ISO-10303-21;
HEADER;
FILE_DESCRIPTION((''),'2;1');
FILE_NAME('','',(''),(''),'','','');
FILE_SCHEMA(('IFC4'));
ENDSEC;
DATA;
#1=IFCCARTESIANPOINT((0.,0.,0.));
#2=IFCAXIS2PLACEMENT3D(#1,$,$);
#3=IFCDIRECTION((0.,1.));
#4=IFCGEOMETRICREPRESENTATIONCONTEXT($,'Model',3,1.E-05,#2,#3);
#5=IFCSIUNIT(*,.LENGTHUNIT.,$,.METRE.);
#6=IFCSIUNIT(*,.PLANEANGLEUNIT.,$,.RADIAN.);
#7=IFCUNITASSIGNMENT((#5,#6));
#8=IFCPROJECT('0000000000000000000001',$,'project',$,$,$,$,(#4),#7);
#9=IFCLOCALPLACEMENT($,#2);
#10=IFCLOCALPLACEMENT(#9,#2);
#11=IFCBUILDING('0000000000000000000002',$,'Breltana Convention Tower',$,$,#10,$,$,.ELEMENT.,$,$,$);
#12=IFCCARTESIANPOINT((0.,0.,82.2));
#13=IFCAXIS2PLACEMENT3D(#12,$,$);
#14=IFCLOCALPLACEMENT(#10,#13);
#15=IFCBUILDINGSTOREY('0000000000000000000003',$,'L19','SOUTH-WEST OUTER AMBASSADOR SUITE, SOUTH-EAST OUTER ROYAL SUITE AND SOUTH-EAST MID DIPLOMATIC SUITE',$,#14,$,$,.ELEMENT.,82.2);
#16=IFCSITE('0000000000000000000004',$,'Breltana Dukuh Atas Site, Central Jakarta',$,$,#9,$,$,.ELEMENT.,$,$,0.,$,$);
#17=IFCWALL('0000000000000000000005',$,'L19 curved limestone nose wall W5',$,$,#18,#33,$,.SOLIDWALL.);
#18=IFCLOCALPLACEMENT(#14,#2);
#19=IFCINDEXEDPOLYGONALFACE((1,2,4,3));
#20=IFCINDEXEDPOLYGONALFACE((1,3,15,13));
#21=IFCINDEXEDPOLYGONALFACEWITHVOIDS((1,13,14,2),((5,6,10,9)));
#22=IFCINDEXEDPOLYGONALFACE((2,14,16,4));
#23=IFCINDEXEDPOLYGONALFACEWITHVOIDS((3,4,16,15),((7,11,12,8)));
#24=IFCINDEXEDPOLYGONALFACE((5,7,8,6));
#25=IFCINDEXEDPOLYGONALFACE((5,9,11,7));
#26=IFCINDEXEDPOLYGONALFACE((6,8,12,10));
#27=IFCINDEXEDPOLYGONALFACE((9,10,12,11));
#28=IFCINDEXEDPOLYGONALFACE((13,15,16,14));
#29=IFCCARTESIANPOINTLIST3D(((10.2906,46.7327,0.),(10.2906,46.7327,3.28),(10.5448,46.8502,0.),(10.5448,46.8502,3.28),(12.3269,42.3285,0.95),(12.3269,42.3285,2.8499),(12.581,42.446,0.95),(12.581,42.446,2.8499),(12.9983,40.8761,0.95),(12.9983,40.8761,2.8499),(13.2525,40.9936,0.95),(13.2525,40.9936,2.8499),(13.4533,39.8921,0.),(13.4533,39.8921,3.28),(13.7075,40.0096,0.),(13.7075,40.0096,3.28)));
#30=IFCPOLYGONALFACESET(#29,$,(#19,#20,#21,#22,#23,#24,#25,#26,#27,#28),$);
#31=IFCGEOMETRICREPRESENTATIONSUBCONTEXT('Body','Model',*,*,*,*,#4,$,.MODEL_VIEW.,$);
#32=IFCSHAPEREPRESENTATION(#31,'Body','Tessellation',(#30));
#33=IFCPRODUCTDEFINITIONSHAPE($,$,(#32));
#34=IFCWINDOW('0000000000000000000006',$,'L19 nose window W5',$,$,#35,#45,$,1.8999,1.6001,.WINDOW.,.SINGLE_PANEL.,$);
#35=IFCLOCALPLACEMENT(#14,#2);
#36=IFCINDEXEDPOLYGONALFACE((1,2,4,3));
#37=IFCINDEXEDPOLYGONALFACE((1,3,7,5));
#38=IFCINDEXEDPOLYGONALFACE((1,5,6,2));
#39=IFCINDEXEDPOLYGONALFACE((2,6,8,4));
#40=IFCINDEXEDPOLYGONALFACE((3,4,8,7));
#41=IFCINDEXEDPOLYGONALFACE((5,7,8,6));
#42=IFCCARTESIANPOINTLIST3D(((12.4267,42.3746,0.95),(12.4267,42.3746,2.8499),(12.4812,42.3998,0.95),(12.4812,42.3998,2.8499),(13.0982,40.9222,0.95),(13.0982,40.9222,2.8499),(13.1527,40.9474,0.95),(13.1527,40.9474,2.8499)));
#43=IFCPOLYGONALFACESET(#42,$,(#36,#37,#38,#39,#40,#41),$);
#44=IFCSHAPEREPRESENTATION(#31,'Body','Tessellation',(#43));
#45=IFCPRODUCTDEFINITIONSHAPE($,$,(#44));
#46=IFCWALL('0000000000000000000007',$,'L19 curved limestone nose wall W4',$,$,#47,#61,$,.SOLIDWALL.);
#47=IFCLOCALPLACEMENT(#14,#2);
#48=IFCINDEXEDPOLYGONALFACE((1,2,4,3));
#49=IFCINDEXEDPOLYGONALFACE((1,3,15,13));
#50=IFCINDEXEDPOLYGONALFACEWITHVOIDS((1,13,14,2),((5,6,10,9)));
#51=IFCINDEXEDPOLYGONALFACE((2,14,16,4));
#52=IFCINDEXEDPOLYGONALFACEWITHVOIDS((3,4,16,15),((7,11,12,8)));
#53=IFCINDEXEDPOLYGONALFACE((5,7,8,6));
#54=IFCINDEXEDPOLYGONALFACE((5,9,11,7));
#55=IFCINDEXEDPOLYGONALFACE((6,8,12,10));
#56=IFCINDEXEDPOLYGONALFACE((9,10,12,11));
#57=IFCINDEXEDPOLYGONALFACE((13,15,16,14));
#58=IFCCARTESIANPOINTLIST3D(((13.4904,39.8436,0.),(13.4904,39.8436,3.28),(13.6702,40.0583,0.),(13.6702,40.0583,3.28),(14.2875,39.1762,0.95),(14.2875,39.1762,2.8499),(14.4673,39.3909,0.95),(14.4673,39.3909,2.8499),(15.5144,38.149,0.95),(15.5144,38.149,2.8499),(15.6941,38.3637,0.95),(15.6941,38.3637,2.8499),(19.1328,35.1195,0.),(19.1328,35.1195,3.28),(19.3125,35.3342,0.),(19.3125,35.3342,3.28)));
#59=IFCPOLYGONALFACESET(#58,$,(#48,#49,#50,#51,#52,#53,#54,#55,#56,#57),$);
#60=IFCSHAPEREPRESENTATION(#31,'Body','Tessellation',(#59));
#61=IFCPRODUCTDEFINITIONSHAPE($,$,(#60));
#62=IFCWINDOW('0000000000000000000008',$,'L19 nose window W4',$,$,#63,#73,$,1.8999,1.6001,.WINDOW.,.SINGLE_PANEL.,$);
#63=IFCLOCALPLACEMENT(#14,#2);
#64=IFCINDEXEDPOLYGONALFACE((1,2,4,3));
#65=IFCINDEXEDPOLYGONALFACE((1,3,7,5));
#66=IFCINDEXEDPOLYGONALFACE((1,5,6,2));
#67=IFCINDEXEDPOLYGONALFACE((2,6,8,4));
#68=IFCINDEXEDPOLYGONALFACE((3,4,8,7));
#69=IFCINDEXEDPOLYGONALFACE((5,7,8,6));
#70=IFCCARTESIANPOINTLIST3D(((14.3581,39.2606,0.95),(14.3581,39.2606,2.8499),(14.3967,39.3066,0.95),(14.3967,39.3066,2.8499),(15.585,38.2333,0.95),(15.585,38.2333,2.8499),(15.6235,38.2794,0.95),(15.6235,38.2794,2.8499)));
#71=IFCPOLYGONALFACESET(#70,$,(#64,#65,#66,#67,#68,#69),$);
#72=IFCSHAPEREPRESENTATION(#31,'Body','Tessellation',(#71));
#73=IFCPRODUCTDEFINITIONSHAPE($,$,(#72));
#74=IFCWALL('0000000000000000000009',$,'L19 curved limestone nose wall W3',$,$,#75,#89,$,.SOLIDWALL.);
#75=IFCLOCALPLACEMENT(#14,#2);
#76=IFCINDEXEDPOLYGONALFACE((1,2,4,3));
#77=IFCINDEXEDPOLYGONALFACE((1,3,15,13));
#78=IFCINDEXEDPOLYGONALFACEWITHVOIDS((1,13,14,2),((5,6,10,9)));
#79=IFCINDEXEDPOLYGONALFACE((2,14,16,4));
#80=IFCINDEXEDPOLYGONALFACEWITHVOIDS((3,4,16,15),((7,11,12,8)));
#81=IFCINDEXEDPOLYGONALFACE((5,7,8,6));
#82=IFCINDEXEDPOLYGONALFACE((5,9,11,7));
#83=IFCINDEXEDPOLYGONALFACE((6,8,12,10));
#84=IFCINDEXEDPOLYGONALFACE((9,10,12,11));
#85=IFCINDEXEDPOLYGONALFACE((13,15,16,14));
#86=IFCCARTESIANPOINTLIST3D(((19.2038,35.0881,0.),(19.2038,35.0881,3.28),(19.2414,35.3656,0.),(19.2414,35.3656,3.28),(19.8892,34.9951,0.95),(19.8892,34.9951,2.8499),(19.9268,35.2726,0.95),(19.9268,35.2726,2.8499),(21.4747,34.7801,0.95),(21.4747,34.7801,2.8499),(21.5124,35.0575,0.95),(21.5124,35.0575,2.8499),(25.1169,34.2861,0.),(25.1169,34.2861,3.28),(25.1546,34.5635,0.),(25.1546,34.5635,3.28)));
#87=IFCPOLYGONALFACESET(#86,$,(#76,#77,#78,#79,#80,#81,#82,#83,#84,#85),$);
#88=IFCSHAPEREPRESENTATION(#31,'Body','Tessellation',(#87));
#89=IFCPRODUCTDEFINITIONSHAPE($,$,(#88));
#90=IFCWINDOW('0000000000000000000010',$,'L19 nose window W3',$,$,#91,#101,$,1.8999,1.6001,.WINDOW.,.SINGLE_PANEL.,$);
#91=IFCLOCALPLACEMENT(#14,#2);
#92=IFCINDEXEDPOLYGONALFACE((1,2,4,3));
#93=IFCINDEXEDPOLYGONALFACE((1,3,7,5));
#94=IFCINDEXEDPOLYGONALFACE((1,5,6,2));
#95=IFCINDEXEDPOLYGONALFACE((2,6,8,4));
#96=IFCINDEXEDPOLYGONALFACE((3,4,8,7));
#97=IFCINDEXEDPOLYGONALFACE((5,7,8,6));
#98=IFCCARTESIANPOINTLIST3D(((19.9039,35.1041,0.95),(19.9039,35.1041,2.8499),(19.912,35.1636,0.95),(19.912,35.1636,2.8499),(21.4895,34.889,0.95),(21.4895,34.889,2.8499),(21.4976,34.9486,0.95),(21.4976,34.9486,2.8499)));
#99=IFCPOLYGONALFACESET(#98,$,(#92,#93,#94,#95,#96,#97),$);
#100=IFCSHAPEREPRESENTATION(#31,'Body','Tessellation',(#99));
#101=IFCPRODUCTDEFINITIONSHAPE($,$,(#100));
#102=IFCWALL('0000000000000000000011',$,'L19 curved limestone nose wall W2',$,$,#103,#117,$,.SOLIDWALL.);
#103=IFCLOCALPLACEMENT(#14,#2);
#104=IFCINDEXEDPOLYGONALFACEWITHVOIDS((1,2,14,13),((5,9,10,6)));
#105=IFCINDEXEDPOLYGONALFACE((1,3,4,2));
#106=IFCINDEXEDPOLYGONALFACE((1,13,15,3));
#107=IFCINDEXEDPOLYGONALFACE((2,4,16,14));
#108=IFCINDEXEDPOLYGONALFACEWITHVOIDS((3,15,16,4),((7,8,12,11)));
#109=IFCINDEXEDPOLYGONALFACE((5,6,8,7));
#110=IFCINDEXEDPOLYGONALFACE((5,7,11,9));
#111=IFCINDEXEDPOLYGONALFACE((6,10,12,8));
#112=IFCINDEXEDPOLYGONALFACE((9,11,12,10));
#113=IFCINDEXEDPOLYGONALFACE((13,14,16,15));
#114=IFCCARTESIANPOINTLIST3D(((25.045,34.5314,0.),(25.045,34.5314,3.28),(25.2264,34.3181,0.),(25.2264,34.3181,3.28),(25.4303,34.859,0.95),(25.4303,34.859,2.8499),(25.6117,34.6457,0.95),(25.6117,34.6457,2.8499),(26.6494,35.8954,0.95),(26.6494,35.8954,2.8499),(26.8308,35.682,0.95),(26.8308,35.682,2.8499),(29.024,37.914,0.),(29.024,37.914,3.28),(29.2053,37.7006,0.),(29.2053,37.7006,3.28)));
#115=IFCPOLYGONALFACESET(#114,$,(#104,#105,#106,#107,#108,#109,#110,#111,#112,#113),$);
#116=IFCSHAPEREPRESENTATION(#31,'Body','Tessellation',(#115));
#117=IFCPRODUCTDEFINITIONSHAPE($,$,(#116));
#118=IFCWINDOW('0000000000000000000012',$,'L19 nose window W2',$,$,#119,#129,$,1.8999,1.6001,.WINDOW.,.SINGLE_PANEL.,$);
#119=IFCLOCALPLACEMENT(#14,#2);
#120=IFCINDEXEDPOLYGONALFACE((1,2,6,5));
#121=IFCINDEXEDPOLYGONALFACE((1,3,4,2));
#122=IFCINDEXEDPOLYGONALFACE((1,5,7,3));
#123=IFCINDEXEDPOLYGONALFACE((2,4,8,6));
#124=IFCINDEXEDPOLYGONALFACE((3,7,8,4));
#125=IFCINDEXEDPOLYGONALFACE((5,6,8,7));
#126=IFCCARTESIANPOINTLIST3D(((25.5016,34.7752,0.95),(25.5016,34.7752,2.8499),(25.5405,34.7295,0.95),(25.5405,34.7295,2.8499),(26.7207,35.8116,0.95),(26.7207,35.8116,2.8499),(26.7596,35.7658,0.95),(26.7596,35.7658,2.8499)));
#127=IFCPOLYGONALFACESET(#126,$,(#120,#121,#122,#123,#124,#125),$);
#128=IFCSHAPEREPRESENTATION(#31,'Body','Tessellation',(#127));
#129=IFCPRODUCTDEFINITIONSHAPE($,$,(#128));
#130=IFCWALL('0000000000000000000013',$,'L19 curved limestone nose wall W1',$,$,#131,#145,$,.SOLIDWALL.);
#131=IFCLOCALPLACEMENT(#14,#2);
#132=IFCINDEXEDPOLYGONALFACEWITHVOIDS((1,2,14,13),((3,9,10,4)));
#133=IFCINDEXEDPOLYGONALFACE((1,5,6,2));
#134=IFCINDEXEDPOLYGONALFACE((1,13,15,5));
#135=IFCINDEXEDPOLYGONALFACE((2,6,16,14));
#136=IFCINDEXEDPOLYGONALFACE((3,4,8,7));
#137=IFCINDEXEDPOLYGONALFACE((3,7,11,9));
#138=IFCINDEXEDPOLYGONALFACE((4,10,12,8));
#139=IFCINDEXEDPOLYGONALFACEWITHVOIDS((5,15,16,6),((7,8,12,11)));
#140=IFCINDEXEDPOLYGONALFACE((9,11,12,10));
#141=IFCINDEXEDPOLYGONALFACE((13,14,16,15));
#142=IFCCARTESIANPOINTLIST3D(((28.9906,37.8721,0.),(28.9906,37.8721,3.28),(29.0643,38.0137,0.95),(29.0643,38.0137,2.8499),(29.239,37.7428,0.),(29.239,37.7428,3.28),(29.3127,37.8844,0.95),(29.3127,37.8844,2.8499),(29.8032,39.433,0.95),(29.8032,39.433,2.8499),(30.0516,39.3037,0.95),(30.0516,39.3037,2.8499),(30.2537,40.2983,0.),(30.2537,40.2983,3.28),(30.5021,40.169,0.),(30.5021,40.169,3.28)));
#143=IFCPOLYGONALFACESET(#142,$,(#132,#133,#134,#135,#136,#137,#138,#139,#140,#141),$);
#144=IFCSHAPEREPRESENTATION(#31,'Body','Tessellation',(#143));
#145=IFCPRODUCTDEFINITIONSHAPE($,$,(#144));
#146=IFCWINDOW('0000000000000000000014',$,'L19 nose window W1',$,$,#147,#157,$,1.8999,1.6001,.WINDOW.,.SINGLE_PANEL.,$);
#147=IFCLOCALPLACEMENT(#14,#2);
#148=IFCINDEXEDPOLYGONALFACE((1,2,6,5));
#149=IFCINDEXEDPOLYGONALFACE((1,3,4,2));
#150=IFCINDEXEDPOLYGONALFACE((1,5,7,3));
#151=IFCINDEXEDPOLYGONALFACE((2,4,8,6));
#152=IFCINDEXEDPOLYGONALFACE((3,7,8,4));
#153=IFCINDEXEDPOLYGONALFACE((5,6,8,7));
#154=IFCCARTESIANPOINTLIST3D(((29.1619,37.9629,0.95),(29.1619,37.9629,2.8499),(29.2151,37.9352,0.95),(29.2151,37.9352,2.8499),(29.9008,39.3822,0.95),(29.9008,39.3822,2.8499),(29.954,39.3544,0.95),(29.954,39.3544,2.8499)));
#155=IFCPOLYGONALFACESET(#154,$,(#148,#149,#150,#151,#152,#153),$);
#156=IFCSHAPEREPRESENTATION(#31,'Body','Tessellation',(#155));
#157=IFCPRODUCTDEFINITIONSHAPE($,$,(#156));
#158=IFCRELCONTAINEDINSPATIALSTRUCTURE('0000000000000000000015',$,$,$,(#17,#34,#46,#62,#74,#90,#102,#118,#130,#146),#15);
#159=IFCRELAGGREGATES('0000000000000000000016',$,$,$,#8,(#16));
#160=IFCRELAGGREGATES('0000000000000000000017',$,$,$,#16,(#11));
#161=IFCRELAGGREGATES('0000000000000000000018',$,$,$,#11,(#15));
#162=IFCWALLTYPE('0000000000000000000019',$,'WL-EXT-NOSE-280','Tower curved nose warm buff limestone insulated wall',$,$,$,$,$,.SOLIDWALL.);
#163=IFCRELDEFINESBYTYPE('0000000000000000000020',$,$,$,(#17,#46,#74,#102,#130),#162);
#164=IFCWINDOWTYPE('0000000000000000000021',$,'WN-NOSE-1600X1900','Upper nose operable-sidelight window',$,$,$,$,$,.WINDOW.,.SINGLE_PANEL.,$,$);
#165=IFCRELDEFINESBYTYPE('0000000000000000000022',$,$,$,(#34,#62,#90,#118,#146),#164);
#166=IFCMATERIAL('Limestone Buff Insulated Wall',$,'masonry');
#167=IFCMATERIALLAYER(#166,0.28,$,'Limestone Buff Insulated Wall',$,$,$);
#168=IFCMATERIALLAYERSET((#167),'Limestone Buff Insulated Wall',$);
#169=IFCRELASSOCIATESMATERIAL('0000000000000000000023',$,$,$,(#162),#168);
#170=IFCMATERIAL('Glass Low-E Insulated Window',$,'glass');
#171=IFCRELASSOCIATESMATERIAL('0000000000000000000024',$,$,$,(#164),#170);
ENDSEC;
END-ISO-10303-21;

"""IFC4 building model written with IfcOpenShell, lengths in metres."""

from ifc_helpers import new_model, si_unit, direction, frame, frame_2d, origin, place, context, subcontext, project, spatial, rectangle, extrude, source, transform, mapped, material, layer, layer_set, type_object, type_shapes, element, fill, save


model = new_model("IFC4")

# Units and contexts
model_context = context("Model", 3, precision=1e-05, world=origin(), true_north=direction((0.0, 1.0)))
body_context = subcontext(model_context, "Body", "Model", "MODEL_VIEW")
ifc_project = project(units=[si_unit("LENGTHUNIT", "METRE"), si_unit("PLANEANGLEUNIT", "RADIAN")], contexts=[model_context])

# Site, building, storey
site_placement = place(None, origin())
site = spatial("IfcSite", under=ifc_project, at=site_placement, Name="Breltana Dukuh Atas Site, Central Jakarta", CompositionType="ELEMENT", RefElevation=0.0)
building_placement = place(site_placement, origin())
building = spatial("IfcBuilding", under=site, at=building_placement, Name="Breltana Convention Tower", CompositionType="ELEMENT")
storey_placement = place(building_placement, frame((0.0, 0.0, 82.2)))
storey = spatial("IfcBuildingStorey", under=building, at=storey_placement, Name="L19", Description="SOUTH-WEST OUTER AMBASSADOR SUITE, SOUTH-EAST OUTER ROYAL SUITE AND SOUTH-EAST MID DIPLOMATIC SUITE", CompositionType="ELEMENT", Elevation=82.2)

# Walls, openings, windows
ifc_material_1 = material(Name="Limestone Buff Insulated Wall", Category="masonry")
ifc_layer_1 = layer(ifc_material_1, 0.28, Name="Limestone Buff Insulated Wall")
ifc_layer_set_1 = layer_set([ifc_layer_1], Name="Limestone Buff Insulated Wall")
wall_type_1 = type_object("IfcWallType", Name="WL-EXT-NOSE-280", Description="Tower curved nose warm buff limestone insulated wall", PredefinedType="SOLIDWALL", material=ifc_layer_set_1)
shared_shape_1 = source(origin(), body_context, "Body", "SweptSolid", [
    extrude(rectangle(XDim=7.5364, YDim=0.28, at=frame_2d((3.7681, 0.0))), origin(), (0.0, 0.0, 1.0), 3.28),
])
wall_1_placement = place(storey_placement, frame((13.5803, 39.9509, 0.0), z_axis=(0.0, 0.0, 1.0), x_axis=(-0.41965, 0.907686, 0.0)))
wall_1 = element("IfcWall", 1, at=wall_1_placement, inside=storey, type_object=wall_type_1, Name="L19 curved limestone nose wall W5", PredefinedType="SOLIDWALL", context=body_context, shape_type="MappedRepresentation", body=[
    mapped(shared_shape_1, transform((0.0, 0.0, 0.0), scale=1.0)),
])
opening_1_placement = place(wall_1_placement, frame((1.084, 0.0, 0.95)))
opening_1 = element("IfcOpeningElement", 2, at=opening_1_placement, cuts=wall_1, PredefinedType="OPENING", context=body_context, shape_type="SweptSolid", body=[
    extrude(rectangle(XDim=1.6001, YDim=1.8999, at=frame_2d((0.8, 0.95))), frame((0.0, 0.1499, 0.0), z_axis=(0.0, -1.0, 0.0), x_axis=(1.0, 0.0, 0.0)), (0.0, 0.0, 1.0), 0.3),
])
ifc_material_2 = material(Name="Glass Low-E Insulated Window", Category="glass")
window_type = type_object("IfcWindowType", Name="WN-NOSE-1600X1900", Description="Upper nose operable-sidelight window", PartitioningType="SINGLE_PANEL", PredefinedType="WINDOW", material=ifc_material_2)
shared_shape_2 = source(origin(), body_context, "Body", "SweptSolid", [
    extrude(rectangle(XDim=1.6001, YDim=1.8999, at=frame_2d((0.8, 0.95))), frame((0.0, 0.03, 0.0), z_axis=(0.0, -1.0, 0.0), x_axis=(1.0, 0.0, 0.0)), (0.0, 0.0, 1.0), 0.0601),
])
type_shapes(window_type, [shared_shape_2])
window_1_placement = place(opening_1_placement, origin())
window_1 = element("IfcWindow", 3, at=window_1_placement, inside=storey, type_object=window_type, Name="L19 nose window W5", OverallHeight=1.8999, OverallWidth=1.6001, PartitioningType="SINGLE_PANEL", PredefinedType="WINDOW", context=body_context, shape_type="MappedRepresentation", body=[
    mapped(shared_shape_2, transform((0.0, 0.0, 0.0), scale=1.0)),
])
fill(opening_1, window_1)
shared_shape_3 = source(origin(), body_context, "Body", "SweptSolid", [
    extrude(rectangle(XDim=7.3589, YDim=0.28, at=frame_2d((3.6794, 0.0))), origin(), (0.0, 0.0, 1.0), 3.28),
])
wall_2_placement = place(storey_placement, frame((19.2227, 35.2268, 0.0), z_axis=(0.0, 0.0, 1.0), x_axis=(-0.766737, 0.641961, 0.0)))
wall_2 = element("IfcWall", 4, at=wall_2_placement, inside=storey, type_object=wall_type_1, Name="L19 curved limestone nose wall W4", PredefinedType="SOLIDWALL", context=body_context, shape_type="MappedRepresentation", body=[
    mapped(shared_shape_3, transform((0.0, 0.0, 0.0), scale=1.0)),
])
opening_2_placement = place(wall_2_placement, frame((4.7192, 0.0, 0.95)))
opening_2 = element("IfcOpeningElement", 5, at=opening_2_placement, cuts=wall_2, PredefinedType="OPENING", context=body_context, shape_type="SweptSolid", body=[
    extrude(rectangle(XDim=1.6001, YDim=1.8999, at=frame_2d((0.8, 0.95))), frame((0.0, 0.1499, 0.0), z_axis=(0.0, -1.0, 0.0), x_axis=(1.0, 0.0, 0.0)), (0.0, 0.0, 1.0), 0.3),
])
window_2_placement = place(opening_2_placement, origin())
window_2 = element("IfcWindow", 6, at=window_2_placement, inside=storey, type_object=window_type, Name="L19 nose window W4", OverallHeight=1.8999, OverallWidth=1.6001, PartitioningType="SINGLE_PANEL", PredefinedType="WINDOW", context=body_context, shape_type="MappedRepresentation", body=[
    mapped(shared_shape_2, transform((0.0, 0.0, 0.0), scale=1.0)),
])
fill(opening_2, window_2)
shared_shape_4 = source(origin(), body_context, "Body", "SweptSolid", [
    extrude(rectangle(XDim=5.9673, YDim=0.28, at=frame_2d((2.9836, 0.0))), origin(), (0.0, 0.0, 1.0), 3.28),
])
wall_3_placement = place(storey_placement, frame((25.1357, 34.4248, 0.0), z_axis=(0.0, 0.0, 1.0), x_axis=(-0.990927, 0.134401, 0.0)))
wall_3 = element("IfcWall", 7, at=wall_3_placement, inside=storey, type_object=wall_type_1, Name="L19 curved limestone nose wall W3", PredefinedType="SOLIDWALL", context=body_context, shape_type="MappedRepresentation", body=[
    mapped(shared_shape_4, transform((0.0, 0.0, 0.0), scale=1.0)),
])
opening_3_placement = place(wall_3_placement, frame((3.6755, 0.0, 0.95)))
opening_3 = element("IfcOpeningElement", 8, at=opening_3_placement, cuts=wall_3, PredefinedType="OPENING", context=body_context, shape_type="SweptSolid", body=[
    extrude(rectangle(XDim=1.6001, YDim=1.8999, at=frame_2d((0.8, 0.95))), frame((0.0, 0.1499, 0.0), z_axis=(0.0, -1.0, 0.0), x_axis=(1.0, 0.0, 0.0)), (0.0, 0.0, 1.0), 0.3),
])
window_3_placement = place(opening_3_placement, origin())
window_3 = element("IfcWindow", 9, at=window_3_placement, inside=storey, type_object=window_type, Name="L19 nose window W3", OverallHeight=1.8999, OverallWidth=1.6001, PartitioningType="SINGLE_PANEL", PredefinedType="WINDOW", context=body_context, shape_type="MappedRepresentation", body=[
    mapped(shared_shape_2, transform((0.0, 0.0, 0.0), scale=1.0)),
])
fill(opening_3, window_3)
shared_shape_5 = source(origin(), body_context, "Body", "SweptSolid", [
    extrude(rectangle(XDim=5.2224, YDim=0.28, at=frame_2d((2.6113, 0.0))), origin(), (0.0, 0.0, 1.0), 3.28),
])
wall_4_placement = place(storey_placement, frame((29.1147, 37.8074, 0.0), z_axis=(0.0, 0.0, 1.0), x_axis=(-0.7619, -0.647695, 0.0)))
wall_4 = element("IfcWall", 10, at=wall_4_placement, inside=storey, type_object=wall_type_1, Name="L19 curved limestone nose wall W2", PredefinedType="SOLIDWALL", context=body_context, shape_type="MappedRepresentation", body=[
    mapped(shared_shape_5, transform((0.0, 0.0, 0.0), scale=1.0)),
])
opening_4_placement = place(wall_4_placement, frame((3.1167, 0.0, 0.95)))
opening_4 = element("IfcOpeningElement", 11, at=opening_4_placement, cuts=wall_4, PredefinedType="OPENING", context=body_context, shape_type="SweptSolid", body=[
    extrude(rectangle(XDim=1.6001, YDim=1.8999, at=frame_2d((0.8, 0.95))), frame((0.0, 0.1499, 0.0), z_axis=(0.0, -1.0, 0.0), x_axis=(1.0, 0.0, 0.0)), (0.0, 0.0, 1.0), 0.3),
])
window_4_placement = place(opening_4_placement, origin())
window_4 = element("IfcWindow", 12, at=window_4_placement, inside=storey, type_object=window_type, Name="L19 nose window W2", OverallHeight=1.8999, OverallWidth=1.6001, PartitioningType="SINGLE_PANEL", PredefinedType="WINDOW", context=body_context, shape_type="MappedRepresentation", body=[
    mapped(shared_shape_2, transform((0.0, 0.0, 0.0), scale=1.0)),
])
fill(opening_4, window_4)
shared_shape_6 = source(origin(), body_context, "Body", "SweptSolid", [
    extrude(rectangle(XDim=2.7354, YDim=0.28, at=frame_2d((1.3677, 0.0))), origin(), (0.0, 0.0, 1.0), 3.28),
])
wall_5_placement = place(storey_placement, frame((30.3779, 40.2336, 0.0), z_axis=(0.0, 0.0, 1.0), x_axis=(-0.461791, -0.886989, 0.0)))
wall_5 = element("IfcWall", 13, at=wall_5_placement, inside=storey, type_object=wall_type_1, Name="L19 curved limestone nose wall W1", PredefinedType="SOLIDWALL", context=body_context, shape_type="MappedRepresentation", body=[
    mapped(shared_shape_6, transform((0.0, 0.0, 0.0), scale=1.0)),
])
opening_5_placement = place(wall_5_placement, frame((0.9756, 0.0, 0.95)))
opening_5 = element("IfcOpeningElement", 14, at=opening_5_placement, cuts=wall_5, PredefinedType="OPENING", context=body_context, shape_type="SweptSolid", body=[
    extrude(rectangle(XDim=1.6001, YDim=1.8999, at=frame_2d((0.8, 0.95))), frame((0.0, 0.1499, 0.0), z_axis=(0.0, -1.0, 0.0), x_axis=(1.0, 0.0, 0.0)), (0.0, 0.0, 1.0), 0.3),
])
window_5_placement = place(opening_5_placement, origin())
window_5 = element("IfcWindow", 15, at=window_5_placement, inside=storey, type_object=window_type, Name="L19 nose window W1", OverallHeight=1.8999, OverallWidth=1.6001, PartitioningType="SINGLE_PANEL", PredefinedType="WINDOW", context=body_context, shape_type="MappedRepresentation", body=[
    mapped(shared_shape_2, transform((0.0, 0.0, 0.0), scale=1.0)),
])
fill(opening_5, window_5)

save(model, "model.ifc")
